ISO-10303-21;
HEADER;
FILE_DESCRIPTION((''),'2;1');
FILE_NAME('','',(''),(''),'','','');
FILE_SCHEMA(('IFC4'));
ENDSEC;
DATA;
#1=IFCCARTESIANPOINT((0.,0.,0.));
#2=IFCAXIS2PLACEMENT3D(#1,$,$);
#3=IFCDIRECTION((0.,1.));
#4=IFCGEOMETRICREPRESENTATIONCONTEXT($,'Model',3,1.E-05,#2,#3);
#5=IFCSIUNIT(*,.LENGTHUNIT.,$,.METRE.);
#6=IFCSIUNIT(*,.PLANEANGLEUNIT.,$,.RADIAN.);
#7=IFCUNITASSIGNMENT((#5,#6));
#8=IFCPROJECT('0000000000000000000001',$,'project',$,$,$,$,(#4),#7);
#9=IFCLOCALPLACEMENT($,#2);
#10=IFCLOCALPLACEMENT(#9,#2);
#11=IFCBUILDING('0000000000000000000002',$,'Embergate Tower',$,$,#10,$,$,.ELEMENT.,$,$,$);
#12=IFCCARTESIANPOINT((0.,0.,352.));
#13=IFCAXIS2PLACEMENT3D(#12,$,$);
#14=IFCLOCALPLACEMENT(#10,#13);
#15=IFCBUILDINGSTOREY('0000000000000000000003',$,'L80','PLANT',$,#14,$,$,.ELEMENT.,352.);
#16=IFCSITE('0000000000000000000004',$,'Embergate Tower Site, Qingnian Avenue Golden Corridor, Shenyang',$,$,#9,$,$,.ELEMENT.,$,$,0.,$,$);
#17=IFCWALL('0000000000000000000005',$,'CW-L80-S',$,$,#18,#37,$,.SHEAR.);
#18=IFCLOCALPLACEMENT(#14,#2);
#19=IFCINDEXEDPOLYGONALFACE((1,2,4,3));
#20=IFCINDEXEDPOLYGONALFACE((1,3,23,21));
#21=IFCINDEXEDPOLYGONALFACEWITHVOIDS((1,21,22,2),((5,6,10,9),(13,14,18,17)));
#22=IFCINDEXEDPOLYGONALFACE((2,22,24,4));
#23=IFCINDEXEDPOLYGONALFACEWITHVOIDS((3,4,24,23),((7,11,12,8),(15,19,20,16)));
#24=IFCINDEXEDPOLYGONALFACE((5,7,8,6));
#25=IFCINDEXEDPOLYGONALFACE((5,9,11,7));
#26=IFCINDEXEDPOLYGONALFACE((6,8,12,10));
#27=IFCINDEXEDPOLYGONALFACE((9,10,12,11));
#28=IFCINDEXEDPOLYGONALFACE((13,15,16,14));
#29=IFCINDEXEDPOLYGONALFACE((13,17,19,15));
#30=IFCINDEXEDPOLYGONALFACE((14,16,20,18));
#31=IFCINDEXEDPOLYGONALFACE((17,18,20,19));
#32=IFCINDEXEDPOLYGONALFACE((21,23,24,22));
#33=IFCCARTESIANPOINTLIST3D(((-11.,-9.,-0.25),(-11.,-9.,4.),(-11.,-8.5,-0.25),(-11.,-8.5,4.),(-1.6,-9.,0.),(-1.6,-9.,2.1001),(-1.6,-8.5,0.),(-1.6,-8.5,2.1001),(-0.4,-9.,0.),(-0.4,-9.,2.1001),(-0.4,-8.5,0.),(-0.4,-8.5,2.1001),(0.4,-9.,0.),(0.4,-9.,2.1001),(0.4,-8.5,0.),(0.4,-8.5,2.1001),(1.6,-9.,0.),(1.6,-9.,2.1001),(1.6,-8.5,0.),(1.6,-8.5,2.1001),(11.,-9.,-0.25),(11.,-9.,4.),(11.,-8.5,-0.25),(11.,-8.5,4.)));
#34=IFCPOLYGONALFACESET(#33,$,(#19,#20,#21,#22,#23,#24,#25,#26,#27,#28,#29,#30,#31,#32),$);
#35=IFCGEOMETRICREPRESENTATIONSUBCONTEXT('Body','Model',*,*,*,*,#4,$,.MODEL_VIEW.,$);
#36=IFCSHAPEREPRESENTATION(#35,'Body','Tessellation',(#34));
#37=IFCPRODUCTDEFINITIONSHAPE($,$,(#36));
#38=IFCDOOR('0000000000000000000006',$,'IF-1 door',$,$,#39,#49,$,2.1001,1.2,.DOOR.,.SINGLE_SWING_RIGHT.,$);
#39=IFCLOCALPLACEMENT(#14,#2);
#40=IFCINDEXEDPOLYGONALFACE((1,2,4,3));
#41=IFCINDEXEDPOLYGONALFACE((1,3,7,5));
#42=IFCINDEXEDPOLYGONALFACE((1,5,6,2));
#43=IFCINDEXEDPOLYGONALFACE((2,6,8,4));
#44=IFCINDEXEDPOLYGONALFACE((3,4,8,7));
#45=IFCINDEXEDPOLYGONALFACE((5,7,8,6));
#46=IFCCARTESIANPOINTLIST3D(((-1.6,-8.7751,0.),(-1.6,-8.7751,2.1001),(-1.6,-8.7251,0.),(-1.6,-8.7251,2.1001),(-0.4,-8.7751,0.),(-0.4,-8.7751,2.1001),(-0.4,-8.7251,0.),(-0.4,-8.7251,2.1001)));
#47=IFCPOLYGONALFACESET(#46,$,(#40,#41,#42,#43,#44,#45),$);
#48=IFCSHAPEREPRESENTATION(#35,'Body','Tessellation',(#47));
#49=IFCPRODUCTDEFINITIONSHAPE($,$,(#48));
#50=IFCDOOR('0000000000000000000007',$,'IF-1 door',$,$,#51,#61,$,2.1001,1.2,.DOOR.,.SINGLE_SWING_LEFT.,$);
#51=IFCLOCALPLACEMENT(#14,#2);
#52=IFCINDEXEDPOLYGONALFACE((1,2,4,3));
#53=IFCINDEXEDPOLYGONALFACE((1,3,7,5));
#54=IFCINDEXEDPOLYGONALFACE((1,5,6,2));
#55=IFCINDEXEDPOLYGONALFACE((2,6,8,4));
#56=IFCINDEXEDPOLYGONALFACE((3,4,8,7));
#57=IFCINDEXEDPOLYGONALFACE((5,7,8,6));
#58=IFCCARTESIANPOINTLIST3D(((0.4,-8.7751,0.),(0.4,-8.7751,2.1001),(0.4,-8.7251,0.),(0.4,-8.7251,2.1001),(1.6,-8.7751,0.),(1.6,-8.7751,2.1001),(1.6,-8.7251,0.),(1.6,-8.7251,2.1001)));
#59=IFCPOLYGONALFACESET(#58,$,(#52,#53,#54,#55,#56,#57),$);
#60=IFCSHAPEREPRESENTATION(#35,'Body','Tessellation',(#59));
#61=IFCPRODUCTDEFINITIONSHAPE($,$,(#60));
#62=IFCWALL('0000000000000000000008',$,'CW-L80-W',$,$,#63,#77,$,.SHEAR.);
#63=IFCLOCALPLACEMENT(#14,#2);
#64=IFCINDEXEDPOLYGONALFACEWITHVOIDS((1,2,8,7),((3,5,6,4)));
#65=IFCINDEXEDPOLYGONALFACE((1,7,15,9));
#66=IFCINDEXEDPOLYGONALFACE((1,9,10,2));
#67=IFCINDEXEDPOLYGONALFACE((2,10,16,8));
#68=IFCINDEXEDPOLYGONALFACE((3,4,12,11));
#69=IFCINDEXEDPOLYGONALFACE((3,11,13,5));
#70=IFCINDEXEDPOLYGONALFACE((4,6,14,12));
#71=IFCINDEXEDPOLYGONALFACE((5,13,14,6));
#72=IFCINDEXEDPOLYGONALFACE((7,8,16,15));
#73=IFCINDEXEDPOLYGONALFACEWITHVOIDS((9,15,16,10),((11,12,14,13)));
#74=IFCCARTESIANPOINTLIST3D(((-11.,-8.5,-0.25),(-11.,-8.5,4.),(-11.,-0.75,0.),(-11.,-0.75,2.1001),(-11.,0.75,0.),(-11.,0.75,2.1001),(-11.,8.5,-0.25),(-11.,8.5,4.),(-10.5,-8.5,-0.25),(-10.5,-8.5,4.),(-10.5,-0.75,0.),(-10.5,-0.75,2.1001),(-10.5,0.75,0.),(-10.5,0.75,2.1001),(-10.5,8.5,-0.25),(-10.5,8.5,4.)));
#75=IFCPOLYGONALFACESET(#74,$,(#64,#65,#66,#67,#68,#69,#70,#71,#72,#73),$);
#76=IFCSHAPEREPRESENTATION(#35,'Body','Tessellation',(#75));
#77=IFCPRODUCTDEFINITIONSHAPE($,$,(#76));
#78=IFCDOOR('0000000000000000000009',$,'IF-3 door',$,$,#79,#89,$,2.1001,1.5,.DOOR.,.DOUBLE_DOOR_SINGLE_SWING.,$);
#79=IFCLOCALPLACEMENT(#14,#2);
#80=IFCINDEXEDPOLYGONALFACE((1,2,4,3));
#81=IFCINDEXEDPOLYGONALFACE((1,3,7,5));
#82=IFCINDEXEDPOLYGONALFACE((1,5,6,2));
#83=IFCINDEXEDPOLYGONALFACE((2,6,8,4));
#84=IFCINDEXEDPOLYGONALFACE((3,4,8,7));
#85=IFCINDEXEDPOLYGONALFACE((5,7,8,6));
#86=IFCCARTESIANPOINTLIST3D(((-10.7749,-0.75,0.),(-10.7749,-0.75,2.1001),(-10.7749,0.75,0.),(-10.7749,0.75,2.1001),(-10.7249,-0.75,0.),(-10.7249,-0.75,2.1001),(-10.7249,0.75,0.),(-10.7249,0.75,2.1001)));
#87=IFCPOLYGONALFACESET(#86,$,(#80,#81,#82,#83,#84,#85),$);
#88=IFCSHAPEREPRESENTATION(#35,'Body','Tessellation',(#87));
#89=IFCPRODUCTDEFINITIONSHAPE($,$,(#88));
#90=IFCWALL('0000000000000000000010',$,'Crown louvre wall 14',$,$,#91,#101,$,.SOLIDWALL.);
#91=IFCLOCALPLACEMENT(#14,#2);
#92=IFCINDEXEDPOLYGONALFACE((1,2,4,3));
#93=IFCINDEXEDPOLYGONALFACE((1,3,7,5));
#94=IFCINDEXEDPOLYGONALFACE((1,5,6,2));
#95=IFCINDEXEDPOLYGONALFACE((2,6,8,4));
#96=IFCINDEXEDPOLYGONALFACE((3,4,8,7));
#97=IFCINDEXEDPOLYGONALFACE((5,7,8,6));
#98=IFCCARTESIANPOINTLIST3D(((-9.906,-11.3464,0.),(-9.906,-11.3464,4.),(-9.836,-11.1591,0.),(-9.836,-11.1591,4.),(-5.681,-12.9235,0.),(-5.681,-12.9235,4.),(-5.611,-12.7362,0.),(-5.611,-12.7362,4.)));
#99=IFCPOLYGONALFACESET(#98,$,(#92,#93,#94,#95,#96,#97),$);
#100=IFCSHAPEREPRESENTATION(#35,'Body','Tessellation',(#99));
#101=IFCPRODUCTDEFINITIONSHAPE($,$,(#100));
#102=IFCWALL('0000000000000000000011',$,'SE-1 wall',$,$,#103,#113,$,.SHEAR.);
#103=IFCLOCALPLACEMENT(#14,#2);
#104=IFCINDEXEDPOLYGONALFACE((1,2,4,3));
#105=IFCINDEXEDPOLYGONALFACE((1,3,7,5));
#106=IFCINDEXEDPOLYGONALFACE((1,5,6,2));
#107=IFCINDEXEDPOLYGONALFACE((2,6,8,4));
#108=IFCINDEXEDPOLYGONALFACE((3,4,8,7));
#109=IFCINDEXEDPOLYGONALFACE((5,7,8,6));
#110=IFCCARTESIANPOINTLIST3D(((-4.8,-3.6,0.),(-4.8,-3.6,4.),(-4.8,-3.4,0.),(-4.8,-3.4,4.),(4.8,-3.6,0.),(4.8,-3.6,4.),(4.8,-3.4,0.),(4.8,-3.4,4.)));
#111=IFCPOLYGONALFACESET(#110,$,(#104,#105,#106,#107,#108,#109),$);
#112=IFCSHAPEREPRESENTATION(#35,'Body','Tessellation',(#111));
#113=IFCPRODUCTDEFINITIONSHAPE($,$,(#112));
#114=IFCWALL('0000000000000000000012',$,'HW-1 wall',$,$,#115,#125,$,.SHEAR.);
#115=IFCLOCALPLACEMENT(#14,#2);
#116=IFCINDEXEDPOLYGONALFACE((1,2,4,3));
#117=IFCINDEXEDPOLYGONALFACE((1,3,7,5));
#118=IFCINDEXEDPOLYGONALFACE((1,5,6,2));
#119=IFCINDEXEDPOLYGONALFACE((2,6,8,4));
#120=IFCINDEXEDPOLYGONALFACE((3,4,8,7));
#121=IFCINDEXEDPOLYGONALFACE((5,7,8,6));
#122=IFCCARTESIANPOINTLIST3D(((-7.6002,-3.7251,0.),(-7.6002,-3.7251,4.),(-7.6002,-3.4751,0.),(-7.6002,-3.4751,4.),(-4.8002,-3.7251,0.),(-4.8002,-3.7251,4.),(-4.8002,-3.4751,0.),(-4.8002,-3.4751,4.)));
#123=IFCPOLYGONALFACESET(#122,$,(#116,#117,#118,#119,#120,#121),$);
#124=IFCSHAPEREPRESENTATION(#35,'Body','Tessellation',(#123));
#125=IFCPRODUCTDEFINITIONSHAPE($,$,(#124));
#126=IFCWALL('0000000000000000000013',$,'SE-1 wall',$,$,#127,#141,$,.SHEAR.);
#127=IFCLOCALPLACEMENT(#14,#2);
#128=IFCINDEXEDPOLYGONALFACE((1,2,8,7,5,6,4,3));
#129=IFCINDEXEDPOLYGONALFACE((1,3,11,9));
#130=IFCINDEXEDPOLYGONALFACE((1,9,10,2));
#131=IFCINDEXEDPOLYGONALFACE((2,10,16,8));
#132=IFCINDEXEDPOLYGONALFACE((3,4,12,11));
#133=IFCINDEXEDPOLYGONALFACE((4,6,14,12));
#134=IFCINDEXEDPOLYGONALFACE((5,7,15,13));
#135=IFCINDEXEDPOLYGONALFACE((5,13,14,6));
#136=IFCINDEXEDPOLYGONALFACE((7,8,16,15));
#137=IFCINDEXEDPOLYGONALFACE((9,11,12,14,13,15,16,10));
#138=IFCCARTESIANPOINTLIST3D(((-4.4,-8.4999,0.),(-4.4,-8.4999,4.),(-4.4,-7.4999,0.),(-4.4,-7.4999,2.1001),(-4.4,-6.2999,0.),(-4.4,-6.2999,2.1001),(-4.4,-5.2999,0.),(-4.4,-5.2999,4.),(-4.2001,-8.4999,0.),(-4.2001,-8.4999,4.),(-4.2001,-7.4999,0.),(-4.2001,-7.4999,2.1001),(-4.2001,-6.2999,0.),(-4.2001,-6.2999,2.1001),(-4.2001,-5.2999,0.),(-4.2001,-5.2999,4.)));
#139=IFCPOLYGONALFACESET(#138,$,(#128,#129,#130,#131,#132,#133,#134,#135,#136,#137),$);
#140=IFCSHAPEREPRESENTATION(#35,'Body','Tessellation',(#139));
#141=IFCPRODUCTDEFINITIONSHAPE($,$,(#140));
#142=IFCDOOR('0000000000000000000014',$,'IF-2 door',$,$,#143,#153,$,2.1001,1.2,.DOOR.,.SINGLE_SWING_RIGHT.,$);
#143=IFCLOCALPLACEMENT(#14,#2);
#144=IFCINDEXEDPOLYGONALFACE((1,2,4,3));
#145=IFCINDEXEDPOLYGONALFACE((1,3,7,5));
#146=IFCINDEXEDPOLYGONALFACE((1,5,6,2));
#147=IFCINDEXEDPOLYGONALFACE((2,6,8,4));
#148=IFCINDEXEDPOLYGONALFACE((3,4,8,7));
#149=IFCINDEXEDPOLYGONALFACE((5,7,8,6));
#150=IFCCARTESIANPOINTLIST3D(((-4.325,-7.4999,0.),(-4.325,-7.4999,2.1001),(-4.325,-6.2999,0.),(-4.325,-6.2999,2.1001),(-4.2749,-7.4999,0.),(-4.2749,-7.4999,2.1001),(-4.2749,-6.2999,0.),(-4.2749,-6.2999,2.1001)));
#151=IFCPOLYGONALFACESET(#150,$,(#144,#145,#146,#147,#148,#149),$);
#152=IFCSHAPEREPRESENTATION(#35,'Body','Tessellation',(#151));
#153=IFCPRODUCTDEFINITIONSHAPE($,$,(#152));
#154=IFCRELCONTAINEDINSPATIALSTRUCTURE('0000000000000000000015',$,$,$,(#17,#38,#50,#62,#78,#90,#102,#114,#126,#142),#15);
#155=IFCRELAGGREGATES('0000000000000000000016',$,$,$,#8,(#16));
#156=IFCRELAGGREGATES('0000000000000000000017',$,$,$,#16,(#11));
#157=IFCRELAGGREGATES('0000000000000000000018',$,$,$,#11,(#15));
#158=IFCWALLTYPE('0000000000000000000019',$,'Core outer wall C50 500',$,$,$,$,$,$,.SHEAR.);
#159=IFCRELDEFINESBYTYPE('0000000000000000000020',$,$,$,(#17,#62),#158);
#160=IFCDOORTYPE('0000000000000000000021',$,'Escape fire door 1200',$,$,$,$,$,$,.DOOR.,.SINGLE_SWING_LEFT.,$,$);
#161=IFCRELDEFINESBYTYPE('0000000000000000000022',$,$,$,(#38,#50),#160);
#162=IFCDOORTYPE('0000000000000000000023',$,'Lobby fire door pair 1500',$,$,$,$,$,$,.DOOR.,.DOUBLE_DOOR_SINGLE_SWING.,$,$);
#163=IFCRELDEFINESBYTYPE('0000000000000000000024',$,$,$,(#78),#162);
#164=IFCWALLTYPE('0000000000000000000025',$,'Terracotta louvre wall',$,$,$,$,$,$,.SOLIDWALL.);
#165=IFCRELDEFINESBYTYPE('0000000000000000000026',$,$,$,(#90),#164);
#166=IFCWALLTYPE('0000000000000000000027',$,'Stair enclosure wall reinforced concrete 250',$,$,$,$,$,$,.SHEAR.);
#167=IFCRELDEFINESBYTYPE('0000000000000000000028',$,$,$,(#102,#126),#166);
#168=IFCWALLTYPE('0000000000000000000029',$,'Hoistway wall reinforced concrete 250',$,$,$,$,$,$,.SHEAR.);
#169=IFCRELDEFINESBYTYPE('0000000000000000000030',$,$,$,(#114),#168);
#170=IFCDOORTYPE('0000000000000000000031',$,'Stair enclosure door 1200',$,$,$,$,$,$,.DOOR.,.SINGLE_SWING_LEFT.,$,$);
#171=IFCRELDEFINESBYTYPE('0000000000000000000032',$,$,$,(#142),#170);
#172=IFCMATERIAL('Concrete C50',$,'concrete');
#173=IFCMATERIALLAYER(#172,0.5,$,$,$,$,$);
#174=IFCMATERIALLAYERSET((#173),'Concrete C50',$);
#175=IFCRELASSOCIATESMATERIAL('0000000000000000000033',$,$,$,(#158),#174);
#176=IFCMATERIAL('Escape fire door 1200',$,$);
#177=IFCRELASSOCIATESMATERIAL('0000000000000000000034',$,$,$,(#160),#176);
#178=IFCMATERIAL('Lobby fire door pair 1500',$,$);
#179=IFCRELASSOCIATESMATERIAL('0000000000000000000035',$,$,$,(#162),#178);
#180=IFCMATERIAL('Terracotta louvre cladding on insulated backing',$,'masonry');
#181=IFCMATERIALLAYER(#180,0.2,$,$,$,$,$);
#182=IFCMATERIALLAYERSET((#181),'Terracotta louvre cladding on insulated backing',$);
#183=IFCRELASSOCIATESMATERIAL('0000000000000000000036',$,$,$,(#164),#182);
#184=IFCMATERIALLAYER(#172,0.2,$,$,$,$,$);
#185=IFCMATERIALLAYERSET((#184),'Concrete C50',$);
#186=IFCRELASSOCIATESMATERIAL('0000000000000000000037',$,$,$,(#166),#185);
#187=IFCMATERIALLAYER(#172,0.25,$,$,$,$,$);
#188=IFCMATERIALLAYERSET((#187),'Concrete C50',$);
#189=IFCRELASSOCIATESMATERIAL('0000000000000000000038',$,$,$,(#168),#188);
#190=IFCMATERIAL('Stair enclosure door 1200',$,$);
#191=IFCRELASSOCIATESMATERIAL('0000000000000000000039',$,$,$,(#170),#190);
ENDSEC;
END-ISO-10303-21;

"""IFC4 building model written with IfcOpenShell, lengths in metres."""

from ifc_helpers import new_model, si_unit, direction, frame, frame_2d, origin, place, context, subcontext, project, spatial, rectangle, extrude, source, transform, mapped, material, layer, layer_set, type_object, element, fill, save


model = new_model("IFC4")

# Units and contexts
model_context = context("Model", 3, precision=1e-05, world=origin(), true_north=direction((0.0, 1.0)))
body_context = subcontext(model_context, "Body", "Model", "MODEL_VIEW")
ifc_project = project(units=[si_unit("LENGTHUNIT", "METRE"), si_unit("PLANEANGLEUNIT", "RADIAN")], contexts=[model_context])

# Site, building, storey
site_placement = place(None, origin())
site = spatial("IfcSite", under=ifc_project, at=site_placement, Name="Embergate Tower Site, Qingnian Avenue Golden Corridor, Shenyang", CompositionType="ELEMENT", RefElevation=0.0)
building_placement = place(site_placement, origin())
building = spatial("IfcBuilding", under=site, at=building_placement, Name="Embergate Tower", CompositionType="ELEMENT")
storey_placement = place(building_placement, frame((0.0, 0.0, 352.0)))
storey = spatial("IfcBuildingStorey", under=building, at=storey_placement, Name="L80", Description="PLANT", CompositionType="ELEMENT", Elevation=352.0)

# Wall, openings, doors
ifc_material_1 = material(Name="Concrete C50", Category="concrete")
ifc_layer_1 = layer(ifc_material_1, 0.5)
ifc_layer_set_1 = layer_set([ifc_layer_1], Name="Concrete C50")
wall_type_1 = type_object("IfcWallType", Name="Core outer wall C50 500", PredefinedType="SHEAR", material=ifc_layer_set_1)
shared_shape_1 = source(origin(), body_context, "Body", "SweptSolid", [
    extrude(rectangle(XDim=22.0, YDim=0.5, at=frame_2d((11.0, 0.0))), origin(), (0.0, 0.0, 1.0), 4.25),
])
wall_1_placement = place(storey_placement, frame((-11.0, -8.75, -0.25), z_axis=(0.0, 0.0, 1.0), x_axis=(1.0, 0.0, 0.0)))
wall_1 = element("IfcWall", 1, at=wall_1_placement, inside=storey, type_object=wall_type_1, Name="CW-L80-S", PredefinedType="SHEAR", context=body_context, shape_type="MappedRepresentation", body=[
    mapped(shared_shape_1, transform((0.0, 0.0, 0.0))),
])
shared_shape_2 = source(origin(), body_context, "Body", "SweptSolid", [
    extrude(rectangle(XDim=1.2, YDim=2.1001, at=frame_2d((0.6001, 1.05))), frame((0.0, 0.26, 0.0), z_axis=(0.0, -1.0, 0.0), x_axis=(1.0, 0.0, 0.0)), (0.0, 0.0, 1.0), 0.52),
])
opening_1_placement = place(wall_1_placement, frame((9.3999, 0.0, 0.25)))
opening_1 = element("IfcOpeningElement", 2, at=opening_1_placement, cuts=wall_1, PredefinedType="OPENING", context=body_context, shape_type="MappedRepresentation", body=[
    mapped(shared_shape_2, transform((0.0, 0.0, 0.0))),
])
opening_2_placement = place(wall_1_placement, frame((11.3999, 0.0, 0.25)))
opening_2 = element("IfcOpeningElement", 3, at=opening_2_placement, cuts=wall_1, PredefinedType="OPENING", context=body_context, shape_type="MappedRepresentation", body=[
    mapped(shared_shape_2, transform((0.0, 0.0, 0.0))),
])
ifc_material_2 = material(Name="Escape fire door 1200")
door_type_1 = type_object("IfcDoorType", Name="Escape fire door 1200", OperationType="SINGLE_SWING_LEFT", PredefinedType="DOOR", material=ifc_material_2)
shared_shape_3 = source(origin(), body_context, "Body", "SweptSolid", [
    extrude(rectangle(XDim=1.2, YDim=2.1001, at=frame_2d((0.6001, 1.05))), frame((0.0, 0.0249, 0.0), z_axis=(0.0, -1.0, 0.0), x_axis=(1.0, 0.0, 0.0)), (0.0, 0.0, 1.0), 0.05),
])
door_1_placement = place(opening_1_placement, origin())
door_1 = element("IfcDoor", 4, at=door_1_placement, inside=storey, type_object=door_type_1, Name="IF-1 door", OperationType="SINGLE_SWING_RIGHT", OverallHeight=2.1001, OverallWidth=1.2, PredefinedType="DOOR", context=body_context, shape_type="MappedRepresentation", body=[
    mapped(shared_shape_3, transform((0.0, 0.0, 0.0))),
])
fill(opening_1, door_1)
door_2_placement = place(opening_2_placement, origin())
door_2 = element("IfcDoor", 5, at=door_2_placement, inside=storey, type_object=door_type_1, Name="IF-1 door", OperationType="SINGLE_SWING_LEFT", OverallHeight=2.1001, OverallWidth=1.2, PredefinedType="DOOR", context=body_context, shape_type="MappedRepresentation", body=[
    mapped(shared_shape_3, transform((0.0, 0.0, 0.0))),
])
fill(opening_2, door_2)

# Wall, opening, door
shared_shape_4 = source(origin(), body_context, "Body", "SweptSolid", [
    extrude(rectangle(XDim=17.0, YDim=0.5, at=frame_2d((8.5, 0.0))), origin(), (0.0, 0.0, 1.0), 4.25),
])
wall_2_placement = place(storey_placement, frame((-10.75, -8.5, -0.25), z_axis=(0.0, 0.0, 1.0), x_axis=(0.0, 1.0, 0.0)))
wall_2 = element("IfcWall", 6, at=wall_2_placement, inside=storey, type_object=wall_type_1, Name="CW-L80-W", PredefinedType="SHEAR", context=body_context, shape_type="MappedRepresentation", body=[
    mapped(shared_shape_4, transform((0.0, 0.0, 0.0))),
])
shared_shape_5 = source(origin(), body_context, "Body", "SweptSolid", [
    extrude(rectangle(XDim=1.5, YDim=2.1001, at=frame_2d((0.75, 1.05))), frame((0.0, 0.26, 0.0), z_axis=(0.0, -1.0, 0.0), x_axis=(1.0, 0.0, 0.0)), (0.0, 0.0, 1.0), 0.52),
])
opening_3_placement = place(wall_2_placement, frame((7.75, 0.0, 0.25)))
opening_3 = element("IfcOpeningElement", 7, at=opening_3_placement, cuts=wall_2, PredefinedType="OPENING", context=body_context, shape_type="MappedRepresentation", body=[
    mapped(shared_shape_5, transform((0.0, 0.0, 0.0))),
])
ifc_material_3 = material(Name="Lobby fire door pair 1500")
door_type_2 = type_object("IfcDoorType", Name="Lobby fire door pair 1500", OperationType="DOUBLE_DOOR_SINGLE_SWING", PredefinedType="DOOR", material=ifc_material_3)
shared_shape_6 = source(origin(), body_context, "Body", "SweptSolid", [
    extrude(rectangle(XDim=1.5, YDim=2.1001, at=frame_2d((0.75, 1.05))), frame((0.0, 0.0249, 0.0), z_axis=(0.0, -1.0, 0.0), x_axis=(1.0, 0.0, 0.0)), (0.0, 0.0, 1.0), 0.05),
])
door_3_placement = place(opening_3_placement, origin())
door_3 = element("IfcDoor", 8, at=door_3_placement, inside=storey, type_object=door_type_2, Name="IF-3 door", OperationType="DOUBLE_DOOR_SINGLE_SWING", OverallHeight=2.1001, OverallWidth=1.5, PredefinedType="DOOR", context=body_context, shape_type="MappedRepresentation", body=[
    mapped(shared_shape_6, transform((0.0, 0.0, 0.0))),
])
fill(opening_3, door_3)

# Walls
ifc_material_4 = material(Name="Terracotta louvre cladding on insulated backing", Category="masonry")
ifc_layer_2 = layer(ifc_material_4, 0.2)
ifc_layer_set_2 = layer_set([ifc_layer_2], Name="Terracotta louvre cladding on insulated backing")
wall_type_2 = type_object("IfcWallType", Name="Terracotta louvre wall", PredefinedType="SOLIDWALL", material=ifc_layer_set_2)
shared_shape_7 = source(origin(), body_context, "Body", "SweptSolid", [
    extrude(rectangle(XDim=4.5098, YDim=0.2, at=frame_2d((2.2549, 0.0))), origin(), (0.0, 0.0, 1.0), 4.0),
])
wall_3_placement = place(storey_placement, frame((-5.646, -12.8298, 0.0), z_axis=(0.0, 0.0, 1.0), x_axis=(-0.936858, 0.349711, 0.0)))
element("IfcWall", 9, at=wall_3_placement, inside=storey, type_object=wall_type_2, Name="Crown louvre wall 14", PredefinedType="SOLIDWALL", context=body_context, shape_type="MappedRepresentation", body=[
    mapped(shared_shape_7, transform((0.0, 0.0, 0.0))),
])
ifc_layer_3 = layer(ifc_material_1, 0.2)
ifc_layer_set_3 = layer_set([ifc_layer_3], Name="Concrete C50")
wall_type_3 = type_object("IfcWallType", Name="Stair enclosure wall reinforced concrete 250", PredefinedType="SHEAR", material=ifc_layer_set_3)
shared_shape_8 = source(origin(), body_context, "Body", "SweptSolid", [
    extrude(rectangle(XDim=9.6001, YDim=0.2, at=frame_2d((4.8, 0.0))), origin(), (0.0, 0.0, 1.0), 4.0),
])
wall_4_placement = place(storey_placement, frame((-4.8, -3.5, 0.0), z_axis=(0.0, 0.0, 1.0), x_axis=(1.0, 0.0, 0.0)))
element("IfcWall", 10, at=wall_4_placement, inside=storey, type_object=wall_type_3, Name="SE-1 wall", PredefinedType="SHEAR", context=body_context, shape_type="MappedRepresentation", body=[
    mapped(shared_shape_8, transform((0.0, 0.0, 0.0))),
])
ifc_layer_4 = layer(ifc_material_1, 0.25)
ifc_layer_set_4 = layer_set([ifc_layer_4], Name="Concrete C50")
wall_type_4 = type_object("IfcWallType", Name="Hoistway wall reinforced concrete 250", PredefinedType="SHEAR", material=ifc_layer_set_4)
shared_shape_9 = source(origin(), body_context, "Body", "SweptSolid", [
    extrude(rectangle(XDim=2.8, YDim=0.25, at=frame_2d((1.3999, 0.0))), origin(), (0.0, 0.0, 1.0), 4.0),
])
wall_5_placement = place(storey_placement, frame((-7.6001, -3.6001, 0.0), z_axis=(0.0, 0.0, 1.0), x_axis=(1.0, 0.0, 0.0)))
element("IfcWall", 11, at=wall_5_placement, inside=storey, type_object=wall_type_4, Name="HW-1 wall", PredefinedType="SHEAR", context=body_context, shape_type="MappedRepresentation", body=[
    mapped(shared_shape_9, transform((0.0, 0.0, 0.0))),
])

# Wall, opening, door
shared_shape_10 = source(origin(), body_context, "Body", "SweptSolid", [
    extrude(rectangle(XDim=3.2, YDim=0.2, at=frame_2d((1.6001, 0.0))), origin(), (0.0, 0.0, 1.0), 4.0),
])
wall_6_placement = place(storey_placement, frame((-4.3, -8.5, 0.0), z_axis=(0.0, 0.0, 1.0), x_axis=(0.0, 1.0, 0.0)))
wall_6 = element("IfcWall", 12, at=wall_6_placement, inside=storey, type_object=wall_type_3, Name="SE-1 wall", PredefinedType="SHEAR", context=body_context, shape_type="MappedRepresentation", body=[
    mapped(shared_shape_10, transform((0.0, 0.0, 0.0))),
])
shared_shape_11 = source(origin(), body_context, "Body", "SweptSolid", [
    extrude(rectangle(XDim=1.2, YDim=2.1001, at=frame_2d((0.6001, 1.05))), frame((0.0, 0.1099, 0.0), z_axis=(0.0, -1.0, 0.0), x_axis=(1.0, 0.0, 0.0)), (0.0, 0.0, 1.0), 0.22),
])
opening_4_placement = place(wall_6_placement, frame((1.0, 0.0, 0.0)))
opening_4 = element("IfcOpeningElement", 13, at=opening_4_placement, cuts=wall_6, PredefinedType="OPENING", context=body_context, shape_type="MappedRepresentation", body=[
    mapped(shared_shape_11, transform((0.0, 0.0, 0.0))),
])
ifc_material_5 = material(Name="Stair enclosure door 1200")
door_type_3 = type_object("IfcDoorType", Name="Stair enclosure door 1200", OperationType="SINGLE_SWING_LEFT", PredefinedType="DOOR", material=ifc_material_5)
door_4_placement = place(opening_4_placement, origin())
door_4 = element("IfcDoor", 14, at=door_4_placement, inside=storey, type_object=door_type_3, Name="IF-2 door", OperationType="SINGLE_SWING_RIGHT", OverallHeight=2.1001, OverallWidth=1.2, PredefinedType="DOOR", context=body_context, shape_type="MappedRepresentation", body=[
    mapped(shared_shape_3, transform((0.0, 0.0, 0.0))),
])
fill(opening_4, door_4)

save(model, "model.ifc")
